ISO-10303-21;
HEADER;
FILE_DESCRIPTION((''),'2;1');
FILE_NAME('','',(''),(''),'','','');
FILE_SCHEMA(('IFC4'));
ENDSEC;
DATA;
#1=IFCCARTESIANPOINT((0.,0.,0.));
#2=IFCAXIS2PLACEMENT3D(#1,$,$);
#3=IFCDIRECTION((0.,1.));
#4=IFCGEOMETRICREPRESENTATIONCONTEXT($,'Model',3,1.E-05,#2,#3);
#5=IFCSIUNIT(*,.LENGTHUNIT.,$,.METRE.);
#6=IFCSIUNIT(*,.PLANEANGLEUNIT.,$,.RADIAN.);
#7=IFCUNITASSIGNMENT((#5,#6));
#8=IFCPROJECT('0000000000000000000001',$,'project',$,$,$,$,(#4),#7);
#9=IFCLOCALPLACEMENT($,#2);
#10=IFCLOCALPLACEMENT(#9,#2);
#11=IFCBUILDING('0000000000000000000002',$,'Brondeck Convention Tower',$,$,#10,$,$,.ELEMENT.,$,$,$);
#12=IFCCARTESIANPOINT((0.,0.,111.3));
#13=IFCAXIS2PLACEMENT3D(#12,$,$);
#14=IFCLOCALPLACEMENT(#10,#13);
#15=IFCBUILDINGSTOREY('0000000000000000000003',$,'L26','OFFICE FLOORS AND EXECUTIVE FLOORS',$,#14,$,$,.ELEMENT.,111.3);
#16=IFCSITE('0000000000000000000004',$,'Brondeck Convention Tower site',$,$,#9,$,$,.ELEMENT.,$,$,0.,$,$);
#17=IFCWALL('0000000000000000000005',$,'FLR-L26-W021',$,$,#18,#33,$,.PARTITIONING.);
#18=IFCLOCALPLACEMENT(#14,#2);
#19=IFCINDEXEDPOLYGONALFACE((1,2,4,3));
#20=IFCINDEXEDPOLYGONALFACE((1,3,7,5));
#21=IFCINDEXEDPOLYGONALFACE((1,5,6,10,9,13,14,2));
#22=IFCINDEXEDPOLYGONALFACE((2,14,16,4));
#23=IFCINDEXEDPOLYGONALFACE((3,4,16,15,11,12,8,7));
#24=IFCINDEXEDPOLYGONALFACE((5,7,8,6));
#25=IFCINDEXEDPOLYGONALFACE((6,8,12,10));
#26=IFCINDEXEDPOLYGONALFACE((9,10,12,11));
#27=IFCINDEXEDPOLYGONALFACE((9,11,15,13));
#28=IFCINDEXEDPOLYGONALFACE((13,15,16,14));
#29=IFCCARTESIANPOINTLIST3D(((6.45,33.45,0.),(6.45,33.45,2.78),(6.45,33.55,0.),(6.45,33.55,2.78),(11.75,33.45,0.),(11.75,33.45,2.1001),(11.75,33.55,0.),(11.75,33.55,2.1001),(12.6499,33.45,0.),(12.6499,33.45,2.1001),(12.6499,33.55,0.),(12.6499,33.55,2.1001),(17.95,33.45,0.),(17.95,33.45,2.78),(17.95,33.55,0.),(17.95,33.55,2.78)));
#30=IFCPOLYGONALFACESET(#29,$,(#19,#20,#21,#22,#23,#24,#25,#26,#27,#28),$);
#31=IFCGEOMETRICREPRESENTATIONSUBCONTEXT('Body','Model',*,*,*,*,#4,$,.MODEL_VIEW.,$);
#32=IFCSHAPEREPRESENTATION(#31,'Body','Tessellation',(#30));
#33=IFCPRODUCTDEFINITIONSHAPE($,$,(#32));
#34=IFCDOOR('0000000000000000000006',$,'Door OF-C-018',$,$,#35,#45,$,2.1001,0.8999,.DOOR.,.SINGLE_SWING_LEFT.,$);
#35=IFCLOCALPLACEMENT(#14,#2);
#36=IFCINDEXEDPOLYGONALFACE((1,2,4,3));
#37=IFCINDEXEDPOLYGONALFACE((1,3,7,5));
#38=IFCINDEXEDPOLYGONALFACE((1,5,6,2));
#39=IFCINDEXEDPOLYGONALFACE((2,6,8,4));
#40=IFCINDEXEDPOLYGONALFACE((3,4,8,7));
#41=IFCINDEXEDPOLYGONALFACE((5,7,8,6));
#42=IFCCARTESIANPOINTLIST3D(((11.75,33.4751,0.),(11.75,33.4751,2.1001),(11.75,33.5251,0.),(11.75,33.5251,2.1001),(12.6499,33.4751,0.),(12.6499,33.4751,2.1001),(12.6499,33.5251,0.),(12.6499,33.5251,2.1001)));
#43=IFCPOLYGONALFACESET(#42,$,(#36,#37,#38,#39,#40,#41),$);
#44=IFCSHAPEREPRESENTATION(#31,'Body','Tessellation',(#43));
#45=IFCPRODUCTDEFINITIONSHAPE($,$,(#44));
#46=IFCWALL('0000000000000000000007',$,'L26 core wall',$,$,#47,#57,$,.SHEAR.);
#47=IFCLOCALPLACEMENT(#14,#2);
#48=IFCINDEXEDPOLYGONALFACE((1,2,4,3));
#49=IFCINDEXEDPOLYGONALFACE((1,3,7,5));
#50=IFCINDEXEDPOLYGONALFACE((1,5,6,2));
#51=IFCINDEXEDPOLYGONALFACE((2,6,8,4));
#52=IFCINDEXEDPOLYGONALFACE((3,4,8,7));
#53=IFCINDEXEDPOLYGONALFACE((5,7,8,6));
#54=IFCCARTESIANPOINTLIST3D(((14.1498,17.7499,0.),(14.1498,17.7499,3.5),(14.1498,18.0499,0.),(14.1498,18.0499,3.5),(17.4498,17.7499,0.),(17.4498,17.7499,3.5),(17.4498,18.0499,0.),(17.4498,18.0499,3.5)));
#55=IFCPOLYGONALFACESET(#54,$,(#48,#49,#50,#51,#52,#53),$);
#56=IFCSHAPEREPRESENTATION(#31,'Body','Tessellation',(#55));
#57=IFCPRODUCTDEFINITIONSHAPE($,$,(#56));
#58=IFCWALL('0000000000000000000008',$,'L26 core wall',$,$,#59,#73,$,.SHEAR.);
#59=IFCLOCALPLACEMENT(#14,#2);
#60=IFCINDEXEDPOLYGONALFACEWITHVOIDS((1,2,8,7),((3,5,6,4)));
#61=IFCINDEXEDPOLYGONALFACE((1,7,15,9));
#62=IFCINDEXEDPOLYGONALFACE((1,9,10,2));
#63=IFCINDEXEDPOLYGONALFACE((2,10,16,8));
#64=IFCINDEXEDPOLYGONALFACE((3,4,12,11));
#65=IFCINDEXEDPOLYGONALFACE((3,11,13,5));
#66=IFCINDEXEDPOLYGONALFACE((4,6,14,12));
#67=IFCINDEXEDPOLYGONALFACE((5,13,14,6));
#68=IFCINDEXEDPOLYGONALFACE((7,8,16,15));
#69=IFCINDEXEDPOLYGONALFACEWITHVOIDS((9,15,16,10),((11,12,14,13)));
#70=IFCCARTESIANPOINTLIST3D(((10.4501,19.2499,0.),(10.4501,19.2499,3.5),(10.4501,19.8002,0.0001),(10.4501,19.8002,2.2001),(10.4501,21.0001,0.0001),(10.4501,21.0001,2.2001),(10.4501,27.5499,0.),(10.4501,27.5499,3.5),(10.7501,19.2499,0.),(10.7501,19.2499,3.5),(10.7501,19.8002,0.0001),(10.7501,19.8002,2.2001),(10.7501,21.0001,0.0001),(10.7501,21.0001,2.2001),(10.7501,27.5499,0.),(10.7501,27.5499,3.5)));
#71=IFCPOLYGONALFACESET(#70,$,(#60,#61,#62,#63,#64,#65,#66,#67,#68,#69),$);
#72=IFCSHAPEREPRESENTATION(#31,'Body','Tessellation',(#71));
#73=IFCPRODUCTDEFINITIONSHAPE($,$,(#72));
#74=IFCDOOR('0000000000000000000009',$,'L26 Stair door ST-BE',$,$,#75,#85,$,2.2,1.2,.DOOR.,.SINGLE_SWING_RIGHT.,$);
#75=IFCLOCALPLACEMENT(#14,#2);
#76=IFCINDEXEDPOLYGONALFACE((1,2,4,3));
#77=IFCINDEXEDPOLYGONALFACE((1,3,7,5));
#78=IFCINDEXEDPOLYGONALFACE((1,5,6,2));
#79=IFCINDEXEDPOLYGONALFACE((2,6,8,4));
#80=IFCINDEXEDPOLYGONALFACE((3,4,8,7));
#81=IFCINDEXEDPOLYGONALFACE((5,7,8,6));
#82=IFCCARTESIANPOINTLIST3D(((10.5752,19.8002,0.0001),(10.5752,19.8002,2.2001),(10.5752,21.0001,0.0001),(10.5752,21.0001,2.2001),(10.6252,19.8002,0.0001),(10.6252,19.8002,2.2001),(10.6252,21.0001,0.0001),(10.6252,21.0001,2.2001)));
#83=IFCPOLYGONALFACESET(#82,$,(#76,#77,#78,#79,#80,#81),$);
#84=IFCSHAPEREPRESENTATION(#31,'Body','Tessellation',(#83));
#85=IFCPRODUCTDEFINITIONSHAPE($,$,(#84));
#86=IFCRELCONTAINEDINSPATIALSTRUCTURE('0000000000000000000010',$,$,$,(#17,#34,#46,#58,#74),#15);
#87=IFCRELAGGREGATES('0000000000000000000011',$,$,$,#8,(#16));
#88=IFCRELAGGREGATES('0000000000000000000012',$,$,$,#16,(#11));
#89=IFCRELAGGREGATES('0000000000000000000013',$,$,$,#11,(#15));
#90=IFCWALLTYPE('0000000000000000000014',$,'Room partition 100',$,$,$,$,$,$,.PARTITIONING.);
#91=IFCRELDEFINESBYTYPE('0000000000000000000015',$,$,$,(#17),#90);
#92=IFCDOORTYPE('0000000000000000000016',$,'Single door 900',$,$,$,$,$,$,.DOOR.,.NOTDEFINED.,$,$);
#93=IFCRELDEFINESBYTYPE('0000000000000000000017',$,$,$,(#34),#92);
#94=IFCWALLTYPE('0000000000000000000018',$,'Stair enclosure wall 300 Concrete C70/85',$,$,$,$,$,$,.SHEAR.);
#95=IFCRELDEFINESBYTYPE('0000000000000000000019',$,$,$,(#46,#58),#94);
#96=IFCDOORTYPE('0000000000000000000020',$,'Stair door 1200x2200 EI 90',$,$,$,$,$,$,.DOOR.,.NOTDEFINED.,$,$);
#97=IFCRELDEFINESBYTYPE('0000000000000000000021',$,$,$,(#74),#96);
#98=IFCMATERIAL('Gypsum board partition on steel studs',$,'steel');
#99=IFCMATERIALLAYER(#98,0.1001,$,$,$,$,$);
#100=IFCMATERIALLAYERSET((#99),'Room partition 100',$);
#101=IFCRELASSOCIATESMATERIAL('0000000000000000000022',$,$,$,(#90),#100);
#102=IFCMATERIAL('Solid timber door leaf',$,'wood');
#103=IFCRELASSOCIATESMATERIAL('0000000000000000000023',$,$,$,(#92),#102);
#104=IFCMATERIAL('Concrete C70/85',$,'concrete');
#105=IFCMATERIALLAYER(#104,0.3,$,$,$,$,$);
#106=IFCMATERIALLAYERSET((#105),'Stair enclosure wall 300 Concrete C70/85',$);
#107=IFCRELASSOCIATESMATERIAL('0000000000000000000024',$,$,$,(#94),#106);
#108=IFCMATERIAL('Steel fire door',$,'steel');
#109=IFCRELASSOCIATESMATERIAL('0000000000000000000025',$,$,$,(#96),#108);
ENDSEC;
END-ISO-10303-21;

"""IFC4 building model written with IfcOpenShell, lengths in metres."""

from ifc_helpers import new_model, si_unit, direction, frame, frame_2d, origin, place, context, subcontext, project, spatial, rectangle, extrude, material, layer, layer_set, type_object, element, fill, save


model = new_model("IFC4")

# Units and contexts
model_context = context("Model", 3, precision=1e-05, world=origin(), true_north=direction((0.0, 1.0)))
body_context = subcontext(model_context, "Body", "Model", "MODEL_VIEW")
ifc_project = project(units=[si_unit("LENGTHUNIT", "METRE"), si_unit("PLANEANGLEUNIT", "RADIAN")], contexts=[model_context])

# Site, building, storey
site_placement = place(None, origin())
site = spatial("IfcSite", under=ifc_project, at=site_placement, Name="Brondeck Convention Tower site", CompositionType="ELEMENT", RefElevation=0.0)
building_placement = place(site_placement, origin())
building = spatial("IfcBuilding", under=site, at=building_placement, Name="Brondeck Convention Tower", CompositionType="ELEMENT")
storey_placement = place(building_placement, frame((0.0, 0.0, 111.3)))
storey = spatial("IfcBuildingStorey", under=building, at=storey_placement, Name="L26", Description="OFFICE FLOORS AND EXECUTIVE FLOORS", CompositionType="ELEMENT", Elevation=111.3)

# Shared definitions
ifc_material_1 = material(Name="Concrete C70/85", Category="concrete")

# Shared definitions
ifc_material_2 = material(Name="Gypsum board partition on steel studs", Category="steel")
ifc_layer_1 = layer(ifc_material_2, 0.1001)
ifc_layer_set_1 = layer_set([ifc_layer_1], Name="Room partition 100")
wall_type_1 = type_object("IfcWallType", Name="Room partition 100", PredefinedType="PARTITIONING", material=ifc_layer_set_1)

# Shared definitions
ifc_material_3 = material(Name="Solid timber door leaf", Category="wood")
door_type_1 = type_object("IfcDoorType", Name="Single door 900", OperationType="NOTDEFINED", PredefinedType="DOOR", material=ifc_material_3)

# Wall, opening, door
wall_1_placement = place(storey_placement, frame((17.95, 33.5, 0.0), z_axis=(0.0, 0.0, 1.0), x_axis=(-1.0, 0.0, 0.0)))
wall_1 = element("IfcWall", 1, at=wall_1_placement, inside=storey, type_object=wall_type_1, Name="FLR-L26-W021", PredefinedType="PARTITIONING", context=body_context, shape_type="SweptSolid", body=[
    extrude(rectangle(XDim=11.5, YDim=0.1001, at=frame_2d((5.75, 0.0))), origin(), (0.0, 0.0, 1.0), 2.78),
])
opening_1_placement = place(wall_1_placement, frame((5.3, 0.0, 0.0)))
opening_1 = element("IfcOpeningElement", 2, at=opening_1_placement, cuts=wall_1, PredefinedType="OPENING", context=body_context, shape_type="SweptSolid", body=[
    extrude(rectangle(XDim=0.8999, YDim=2.1001, at=frame_2d((0.45, 1.05))), frame((0.0, 0.0601, 0.0), z_axis=(0.0, -1.0, 0.0), x_axis=(1.0, 0.0, 0.0)), (0.0, 0.0, 1.0), 0.1201),
])
door_1_placement = place(opening_1_placement, origin())
door_1 = element("IfcDoor", 3, at=door_1_placement, inside=storey, type_object=door_type_1, Name="Door OF-C-018", OperationType="SINGLE_SWING_LEFT", OverallHeight=2.1001, OverallWidth=0.8999, PredefinedType="DOOR", context=body_context, shape_type="SweptSolid", body=[
    extrude(rectangle(XDim=0.8999, YDim=2.1001, at=frame_2d((0.45, 1.05))), frame((0.0, 0.0249, 0.0), z_axis=(0.0, -1.0, 0.0), x_axis=(1.0, 0.0, 0.0)), (0.0, 0.0, 1.0), 0.05),
])
fill(opening_1, door_1)

# Wall
ifc_layer_2 = layer(ifc_material_1, 0.3)
ifc_layer_set_2 = layer_set([ifc_layer_2], Name="Stair enclosure wall 300 Concrete C70/85")
wall_type_2 = type_object("IfcWallType", Name="Stair enclosure wall 300 Concrete C70/85", PredefinedType="SHEAR", material=ifc_layer_set_2)
wall_2_placement = place(storey_placement, frame((14.1499, 17.8999, 0.0), z_axis=(0.0, 0.0, 1.0), x_axis=(1.0, 0.0, 0.0)))
element("IfcWall", 4, at=wall_2_placement, inside=storey, type_object=wall_type_2, Name="L26 core wall", PredefinedType="SHEAR", context=body_context, shape_type="SweptSolid", body=[
    extrude(rectangle(XDim=3.3, YDim=0.3, at=frame_2d((1.6499, 0.0))), origin(), (0.0, 0.0, 1.0), 3.5),
])

# Wall, opening, door
wall_3_placement = place(storey_placement, frame((10.6001, 19.25, 0.0), z_axis=(0.0, 0.0, 1.0), x_axis=(0.0, 1.0, 0.0)))
wall_3 = element("IfcWall", 5, at=wall_3_placement, inside=storey, type_object=wall_type_2, Name="L26 core wall", PredefinedType="SHEAR", context=body_context, shape_type="SweptSolid", body=[
    extrude(rectangle(XDim=8.3, YDim=0.3, at=frame_2d((4.1499, 0.0))), origin(), (0.0, 0.0, 1.0), 3.5),
])
opening_2_placement = place(wall_3_placement, frame((0.55, 0.0, 0.0)))
opening_2 = element("IfcOpeningElement", 6, at=opening_2_placement, cuts=wall_3, PredefinedType="OPENING", context=body_context, shape_type="SweptSolid", body=[
    extrude(rectangle(XDim=1.2, YDim=2.2, at=frame_2d((0.6001, 1.1001))), frame((0.0, 0.1599, 0.0), z_axis=(0.0, -1.0, 0.0), x_axis=(1.0, 0.0, 0.0)), (0.0, 0.0, 1.0), 0.3201),
])
ifc_material_4 = material(Name="Steel fire door", Category="steel")
door_type_2 = type_object("IfcDoorType", Name="Stair door 1200x2200 EI 90", OperationType="NOTDEFINED", PredefinedType="DOOR", material=ifc_material_4)
door_2_placement = place(opening_2_placement, origin())
door_2 = element("IfcDoor", 7, at=door_2_placement, inside=storey, type_object=door_type_2, Name="L26 Stair door ST-BE", OperationType="SINGLE_SWING_RIGHT", OverallHeight=2.2, OverallWidth=1.2, PredefinedType="DOOR", context=body_context, shape_type="SweptSolid", body=[
    extrude(rectangle(XDim=1.2, YDim=2.2, at=frame_2d((0.6001, 1.1001))), frame((0.0, 0.0249, 0.0), z_axis=(0.0, -1.0, 0.0), x_axis=(1.0, 0.0, 0.0)), (0.0, 0.0, 1.0), 0.05),
])
fill(opening_2, door_2)

save(model, "model.ifc")
